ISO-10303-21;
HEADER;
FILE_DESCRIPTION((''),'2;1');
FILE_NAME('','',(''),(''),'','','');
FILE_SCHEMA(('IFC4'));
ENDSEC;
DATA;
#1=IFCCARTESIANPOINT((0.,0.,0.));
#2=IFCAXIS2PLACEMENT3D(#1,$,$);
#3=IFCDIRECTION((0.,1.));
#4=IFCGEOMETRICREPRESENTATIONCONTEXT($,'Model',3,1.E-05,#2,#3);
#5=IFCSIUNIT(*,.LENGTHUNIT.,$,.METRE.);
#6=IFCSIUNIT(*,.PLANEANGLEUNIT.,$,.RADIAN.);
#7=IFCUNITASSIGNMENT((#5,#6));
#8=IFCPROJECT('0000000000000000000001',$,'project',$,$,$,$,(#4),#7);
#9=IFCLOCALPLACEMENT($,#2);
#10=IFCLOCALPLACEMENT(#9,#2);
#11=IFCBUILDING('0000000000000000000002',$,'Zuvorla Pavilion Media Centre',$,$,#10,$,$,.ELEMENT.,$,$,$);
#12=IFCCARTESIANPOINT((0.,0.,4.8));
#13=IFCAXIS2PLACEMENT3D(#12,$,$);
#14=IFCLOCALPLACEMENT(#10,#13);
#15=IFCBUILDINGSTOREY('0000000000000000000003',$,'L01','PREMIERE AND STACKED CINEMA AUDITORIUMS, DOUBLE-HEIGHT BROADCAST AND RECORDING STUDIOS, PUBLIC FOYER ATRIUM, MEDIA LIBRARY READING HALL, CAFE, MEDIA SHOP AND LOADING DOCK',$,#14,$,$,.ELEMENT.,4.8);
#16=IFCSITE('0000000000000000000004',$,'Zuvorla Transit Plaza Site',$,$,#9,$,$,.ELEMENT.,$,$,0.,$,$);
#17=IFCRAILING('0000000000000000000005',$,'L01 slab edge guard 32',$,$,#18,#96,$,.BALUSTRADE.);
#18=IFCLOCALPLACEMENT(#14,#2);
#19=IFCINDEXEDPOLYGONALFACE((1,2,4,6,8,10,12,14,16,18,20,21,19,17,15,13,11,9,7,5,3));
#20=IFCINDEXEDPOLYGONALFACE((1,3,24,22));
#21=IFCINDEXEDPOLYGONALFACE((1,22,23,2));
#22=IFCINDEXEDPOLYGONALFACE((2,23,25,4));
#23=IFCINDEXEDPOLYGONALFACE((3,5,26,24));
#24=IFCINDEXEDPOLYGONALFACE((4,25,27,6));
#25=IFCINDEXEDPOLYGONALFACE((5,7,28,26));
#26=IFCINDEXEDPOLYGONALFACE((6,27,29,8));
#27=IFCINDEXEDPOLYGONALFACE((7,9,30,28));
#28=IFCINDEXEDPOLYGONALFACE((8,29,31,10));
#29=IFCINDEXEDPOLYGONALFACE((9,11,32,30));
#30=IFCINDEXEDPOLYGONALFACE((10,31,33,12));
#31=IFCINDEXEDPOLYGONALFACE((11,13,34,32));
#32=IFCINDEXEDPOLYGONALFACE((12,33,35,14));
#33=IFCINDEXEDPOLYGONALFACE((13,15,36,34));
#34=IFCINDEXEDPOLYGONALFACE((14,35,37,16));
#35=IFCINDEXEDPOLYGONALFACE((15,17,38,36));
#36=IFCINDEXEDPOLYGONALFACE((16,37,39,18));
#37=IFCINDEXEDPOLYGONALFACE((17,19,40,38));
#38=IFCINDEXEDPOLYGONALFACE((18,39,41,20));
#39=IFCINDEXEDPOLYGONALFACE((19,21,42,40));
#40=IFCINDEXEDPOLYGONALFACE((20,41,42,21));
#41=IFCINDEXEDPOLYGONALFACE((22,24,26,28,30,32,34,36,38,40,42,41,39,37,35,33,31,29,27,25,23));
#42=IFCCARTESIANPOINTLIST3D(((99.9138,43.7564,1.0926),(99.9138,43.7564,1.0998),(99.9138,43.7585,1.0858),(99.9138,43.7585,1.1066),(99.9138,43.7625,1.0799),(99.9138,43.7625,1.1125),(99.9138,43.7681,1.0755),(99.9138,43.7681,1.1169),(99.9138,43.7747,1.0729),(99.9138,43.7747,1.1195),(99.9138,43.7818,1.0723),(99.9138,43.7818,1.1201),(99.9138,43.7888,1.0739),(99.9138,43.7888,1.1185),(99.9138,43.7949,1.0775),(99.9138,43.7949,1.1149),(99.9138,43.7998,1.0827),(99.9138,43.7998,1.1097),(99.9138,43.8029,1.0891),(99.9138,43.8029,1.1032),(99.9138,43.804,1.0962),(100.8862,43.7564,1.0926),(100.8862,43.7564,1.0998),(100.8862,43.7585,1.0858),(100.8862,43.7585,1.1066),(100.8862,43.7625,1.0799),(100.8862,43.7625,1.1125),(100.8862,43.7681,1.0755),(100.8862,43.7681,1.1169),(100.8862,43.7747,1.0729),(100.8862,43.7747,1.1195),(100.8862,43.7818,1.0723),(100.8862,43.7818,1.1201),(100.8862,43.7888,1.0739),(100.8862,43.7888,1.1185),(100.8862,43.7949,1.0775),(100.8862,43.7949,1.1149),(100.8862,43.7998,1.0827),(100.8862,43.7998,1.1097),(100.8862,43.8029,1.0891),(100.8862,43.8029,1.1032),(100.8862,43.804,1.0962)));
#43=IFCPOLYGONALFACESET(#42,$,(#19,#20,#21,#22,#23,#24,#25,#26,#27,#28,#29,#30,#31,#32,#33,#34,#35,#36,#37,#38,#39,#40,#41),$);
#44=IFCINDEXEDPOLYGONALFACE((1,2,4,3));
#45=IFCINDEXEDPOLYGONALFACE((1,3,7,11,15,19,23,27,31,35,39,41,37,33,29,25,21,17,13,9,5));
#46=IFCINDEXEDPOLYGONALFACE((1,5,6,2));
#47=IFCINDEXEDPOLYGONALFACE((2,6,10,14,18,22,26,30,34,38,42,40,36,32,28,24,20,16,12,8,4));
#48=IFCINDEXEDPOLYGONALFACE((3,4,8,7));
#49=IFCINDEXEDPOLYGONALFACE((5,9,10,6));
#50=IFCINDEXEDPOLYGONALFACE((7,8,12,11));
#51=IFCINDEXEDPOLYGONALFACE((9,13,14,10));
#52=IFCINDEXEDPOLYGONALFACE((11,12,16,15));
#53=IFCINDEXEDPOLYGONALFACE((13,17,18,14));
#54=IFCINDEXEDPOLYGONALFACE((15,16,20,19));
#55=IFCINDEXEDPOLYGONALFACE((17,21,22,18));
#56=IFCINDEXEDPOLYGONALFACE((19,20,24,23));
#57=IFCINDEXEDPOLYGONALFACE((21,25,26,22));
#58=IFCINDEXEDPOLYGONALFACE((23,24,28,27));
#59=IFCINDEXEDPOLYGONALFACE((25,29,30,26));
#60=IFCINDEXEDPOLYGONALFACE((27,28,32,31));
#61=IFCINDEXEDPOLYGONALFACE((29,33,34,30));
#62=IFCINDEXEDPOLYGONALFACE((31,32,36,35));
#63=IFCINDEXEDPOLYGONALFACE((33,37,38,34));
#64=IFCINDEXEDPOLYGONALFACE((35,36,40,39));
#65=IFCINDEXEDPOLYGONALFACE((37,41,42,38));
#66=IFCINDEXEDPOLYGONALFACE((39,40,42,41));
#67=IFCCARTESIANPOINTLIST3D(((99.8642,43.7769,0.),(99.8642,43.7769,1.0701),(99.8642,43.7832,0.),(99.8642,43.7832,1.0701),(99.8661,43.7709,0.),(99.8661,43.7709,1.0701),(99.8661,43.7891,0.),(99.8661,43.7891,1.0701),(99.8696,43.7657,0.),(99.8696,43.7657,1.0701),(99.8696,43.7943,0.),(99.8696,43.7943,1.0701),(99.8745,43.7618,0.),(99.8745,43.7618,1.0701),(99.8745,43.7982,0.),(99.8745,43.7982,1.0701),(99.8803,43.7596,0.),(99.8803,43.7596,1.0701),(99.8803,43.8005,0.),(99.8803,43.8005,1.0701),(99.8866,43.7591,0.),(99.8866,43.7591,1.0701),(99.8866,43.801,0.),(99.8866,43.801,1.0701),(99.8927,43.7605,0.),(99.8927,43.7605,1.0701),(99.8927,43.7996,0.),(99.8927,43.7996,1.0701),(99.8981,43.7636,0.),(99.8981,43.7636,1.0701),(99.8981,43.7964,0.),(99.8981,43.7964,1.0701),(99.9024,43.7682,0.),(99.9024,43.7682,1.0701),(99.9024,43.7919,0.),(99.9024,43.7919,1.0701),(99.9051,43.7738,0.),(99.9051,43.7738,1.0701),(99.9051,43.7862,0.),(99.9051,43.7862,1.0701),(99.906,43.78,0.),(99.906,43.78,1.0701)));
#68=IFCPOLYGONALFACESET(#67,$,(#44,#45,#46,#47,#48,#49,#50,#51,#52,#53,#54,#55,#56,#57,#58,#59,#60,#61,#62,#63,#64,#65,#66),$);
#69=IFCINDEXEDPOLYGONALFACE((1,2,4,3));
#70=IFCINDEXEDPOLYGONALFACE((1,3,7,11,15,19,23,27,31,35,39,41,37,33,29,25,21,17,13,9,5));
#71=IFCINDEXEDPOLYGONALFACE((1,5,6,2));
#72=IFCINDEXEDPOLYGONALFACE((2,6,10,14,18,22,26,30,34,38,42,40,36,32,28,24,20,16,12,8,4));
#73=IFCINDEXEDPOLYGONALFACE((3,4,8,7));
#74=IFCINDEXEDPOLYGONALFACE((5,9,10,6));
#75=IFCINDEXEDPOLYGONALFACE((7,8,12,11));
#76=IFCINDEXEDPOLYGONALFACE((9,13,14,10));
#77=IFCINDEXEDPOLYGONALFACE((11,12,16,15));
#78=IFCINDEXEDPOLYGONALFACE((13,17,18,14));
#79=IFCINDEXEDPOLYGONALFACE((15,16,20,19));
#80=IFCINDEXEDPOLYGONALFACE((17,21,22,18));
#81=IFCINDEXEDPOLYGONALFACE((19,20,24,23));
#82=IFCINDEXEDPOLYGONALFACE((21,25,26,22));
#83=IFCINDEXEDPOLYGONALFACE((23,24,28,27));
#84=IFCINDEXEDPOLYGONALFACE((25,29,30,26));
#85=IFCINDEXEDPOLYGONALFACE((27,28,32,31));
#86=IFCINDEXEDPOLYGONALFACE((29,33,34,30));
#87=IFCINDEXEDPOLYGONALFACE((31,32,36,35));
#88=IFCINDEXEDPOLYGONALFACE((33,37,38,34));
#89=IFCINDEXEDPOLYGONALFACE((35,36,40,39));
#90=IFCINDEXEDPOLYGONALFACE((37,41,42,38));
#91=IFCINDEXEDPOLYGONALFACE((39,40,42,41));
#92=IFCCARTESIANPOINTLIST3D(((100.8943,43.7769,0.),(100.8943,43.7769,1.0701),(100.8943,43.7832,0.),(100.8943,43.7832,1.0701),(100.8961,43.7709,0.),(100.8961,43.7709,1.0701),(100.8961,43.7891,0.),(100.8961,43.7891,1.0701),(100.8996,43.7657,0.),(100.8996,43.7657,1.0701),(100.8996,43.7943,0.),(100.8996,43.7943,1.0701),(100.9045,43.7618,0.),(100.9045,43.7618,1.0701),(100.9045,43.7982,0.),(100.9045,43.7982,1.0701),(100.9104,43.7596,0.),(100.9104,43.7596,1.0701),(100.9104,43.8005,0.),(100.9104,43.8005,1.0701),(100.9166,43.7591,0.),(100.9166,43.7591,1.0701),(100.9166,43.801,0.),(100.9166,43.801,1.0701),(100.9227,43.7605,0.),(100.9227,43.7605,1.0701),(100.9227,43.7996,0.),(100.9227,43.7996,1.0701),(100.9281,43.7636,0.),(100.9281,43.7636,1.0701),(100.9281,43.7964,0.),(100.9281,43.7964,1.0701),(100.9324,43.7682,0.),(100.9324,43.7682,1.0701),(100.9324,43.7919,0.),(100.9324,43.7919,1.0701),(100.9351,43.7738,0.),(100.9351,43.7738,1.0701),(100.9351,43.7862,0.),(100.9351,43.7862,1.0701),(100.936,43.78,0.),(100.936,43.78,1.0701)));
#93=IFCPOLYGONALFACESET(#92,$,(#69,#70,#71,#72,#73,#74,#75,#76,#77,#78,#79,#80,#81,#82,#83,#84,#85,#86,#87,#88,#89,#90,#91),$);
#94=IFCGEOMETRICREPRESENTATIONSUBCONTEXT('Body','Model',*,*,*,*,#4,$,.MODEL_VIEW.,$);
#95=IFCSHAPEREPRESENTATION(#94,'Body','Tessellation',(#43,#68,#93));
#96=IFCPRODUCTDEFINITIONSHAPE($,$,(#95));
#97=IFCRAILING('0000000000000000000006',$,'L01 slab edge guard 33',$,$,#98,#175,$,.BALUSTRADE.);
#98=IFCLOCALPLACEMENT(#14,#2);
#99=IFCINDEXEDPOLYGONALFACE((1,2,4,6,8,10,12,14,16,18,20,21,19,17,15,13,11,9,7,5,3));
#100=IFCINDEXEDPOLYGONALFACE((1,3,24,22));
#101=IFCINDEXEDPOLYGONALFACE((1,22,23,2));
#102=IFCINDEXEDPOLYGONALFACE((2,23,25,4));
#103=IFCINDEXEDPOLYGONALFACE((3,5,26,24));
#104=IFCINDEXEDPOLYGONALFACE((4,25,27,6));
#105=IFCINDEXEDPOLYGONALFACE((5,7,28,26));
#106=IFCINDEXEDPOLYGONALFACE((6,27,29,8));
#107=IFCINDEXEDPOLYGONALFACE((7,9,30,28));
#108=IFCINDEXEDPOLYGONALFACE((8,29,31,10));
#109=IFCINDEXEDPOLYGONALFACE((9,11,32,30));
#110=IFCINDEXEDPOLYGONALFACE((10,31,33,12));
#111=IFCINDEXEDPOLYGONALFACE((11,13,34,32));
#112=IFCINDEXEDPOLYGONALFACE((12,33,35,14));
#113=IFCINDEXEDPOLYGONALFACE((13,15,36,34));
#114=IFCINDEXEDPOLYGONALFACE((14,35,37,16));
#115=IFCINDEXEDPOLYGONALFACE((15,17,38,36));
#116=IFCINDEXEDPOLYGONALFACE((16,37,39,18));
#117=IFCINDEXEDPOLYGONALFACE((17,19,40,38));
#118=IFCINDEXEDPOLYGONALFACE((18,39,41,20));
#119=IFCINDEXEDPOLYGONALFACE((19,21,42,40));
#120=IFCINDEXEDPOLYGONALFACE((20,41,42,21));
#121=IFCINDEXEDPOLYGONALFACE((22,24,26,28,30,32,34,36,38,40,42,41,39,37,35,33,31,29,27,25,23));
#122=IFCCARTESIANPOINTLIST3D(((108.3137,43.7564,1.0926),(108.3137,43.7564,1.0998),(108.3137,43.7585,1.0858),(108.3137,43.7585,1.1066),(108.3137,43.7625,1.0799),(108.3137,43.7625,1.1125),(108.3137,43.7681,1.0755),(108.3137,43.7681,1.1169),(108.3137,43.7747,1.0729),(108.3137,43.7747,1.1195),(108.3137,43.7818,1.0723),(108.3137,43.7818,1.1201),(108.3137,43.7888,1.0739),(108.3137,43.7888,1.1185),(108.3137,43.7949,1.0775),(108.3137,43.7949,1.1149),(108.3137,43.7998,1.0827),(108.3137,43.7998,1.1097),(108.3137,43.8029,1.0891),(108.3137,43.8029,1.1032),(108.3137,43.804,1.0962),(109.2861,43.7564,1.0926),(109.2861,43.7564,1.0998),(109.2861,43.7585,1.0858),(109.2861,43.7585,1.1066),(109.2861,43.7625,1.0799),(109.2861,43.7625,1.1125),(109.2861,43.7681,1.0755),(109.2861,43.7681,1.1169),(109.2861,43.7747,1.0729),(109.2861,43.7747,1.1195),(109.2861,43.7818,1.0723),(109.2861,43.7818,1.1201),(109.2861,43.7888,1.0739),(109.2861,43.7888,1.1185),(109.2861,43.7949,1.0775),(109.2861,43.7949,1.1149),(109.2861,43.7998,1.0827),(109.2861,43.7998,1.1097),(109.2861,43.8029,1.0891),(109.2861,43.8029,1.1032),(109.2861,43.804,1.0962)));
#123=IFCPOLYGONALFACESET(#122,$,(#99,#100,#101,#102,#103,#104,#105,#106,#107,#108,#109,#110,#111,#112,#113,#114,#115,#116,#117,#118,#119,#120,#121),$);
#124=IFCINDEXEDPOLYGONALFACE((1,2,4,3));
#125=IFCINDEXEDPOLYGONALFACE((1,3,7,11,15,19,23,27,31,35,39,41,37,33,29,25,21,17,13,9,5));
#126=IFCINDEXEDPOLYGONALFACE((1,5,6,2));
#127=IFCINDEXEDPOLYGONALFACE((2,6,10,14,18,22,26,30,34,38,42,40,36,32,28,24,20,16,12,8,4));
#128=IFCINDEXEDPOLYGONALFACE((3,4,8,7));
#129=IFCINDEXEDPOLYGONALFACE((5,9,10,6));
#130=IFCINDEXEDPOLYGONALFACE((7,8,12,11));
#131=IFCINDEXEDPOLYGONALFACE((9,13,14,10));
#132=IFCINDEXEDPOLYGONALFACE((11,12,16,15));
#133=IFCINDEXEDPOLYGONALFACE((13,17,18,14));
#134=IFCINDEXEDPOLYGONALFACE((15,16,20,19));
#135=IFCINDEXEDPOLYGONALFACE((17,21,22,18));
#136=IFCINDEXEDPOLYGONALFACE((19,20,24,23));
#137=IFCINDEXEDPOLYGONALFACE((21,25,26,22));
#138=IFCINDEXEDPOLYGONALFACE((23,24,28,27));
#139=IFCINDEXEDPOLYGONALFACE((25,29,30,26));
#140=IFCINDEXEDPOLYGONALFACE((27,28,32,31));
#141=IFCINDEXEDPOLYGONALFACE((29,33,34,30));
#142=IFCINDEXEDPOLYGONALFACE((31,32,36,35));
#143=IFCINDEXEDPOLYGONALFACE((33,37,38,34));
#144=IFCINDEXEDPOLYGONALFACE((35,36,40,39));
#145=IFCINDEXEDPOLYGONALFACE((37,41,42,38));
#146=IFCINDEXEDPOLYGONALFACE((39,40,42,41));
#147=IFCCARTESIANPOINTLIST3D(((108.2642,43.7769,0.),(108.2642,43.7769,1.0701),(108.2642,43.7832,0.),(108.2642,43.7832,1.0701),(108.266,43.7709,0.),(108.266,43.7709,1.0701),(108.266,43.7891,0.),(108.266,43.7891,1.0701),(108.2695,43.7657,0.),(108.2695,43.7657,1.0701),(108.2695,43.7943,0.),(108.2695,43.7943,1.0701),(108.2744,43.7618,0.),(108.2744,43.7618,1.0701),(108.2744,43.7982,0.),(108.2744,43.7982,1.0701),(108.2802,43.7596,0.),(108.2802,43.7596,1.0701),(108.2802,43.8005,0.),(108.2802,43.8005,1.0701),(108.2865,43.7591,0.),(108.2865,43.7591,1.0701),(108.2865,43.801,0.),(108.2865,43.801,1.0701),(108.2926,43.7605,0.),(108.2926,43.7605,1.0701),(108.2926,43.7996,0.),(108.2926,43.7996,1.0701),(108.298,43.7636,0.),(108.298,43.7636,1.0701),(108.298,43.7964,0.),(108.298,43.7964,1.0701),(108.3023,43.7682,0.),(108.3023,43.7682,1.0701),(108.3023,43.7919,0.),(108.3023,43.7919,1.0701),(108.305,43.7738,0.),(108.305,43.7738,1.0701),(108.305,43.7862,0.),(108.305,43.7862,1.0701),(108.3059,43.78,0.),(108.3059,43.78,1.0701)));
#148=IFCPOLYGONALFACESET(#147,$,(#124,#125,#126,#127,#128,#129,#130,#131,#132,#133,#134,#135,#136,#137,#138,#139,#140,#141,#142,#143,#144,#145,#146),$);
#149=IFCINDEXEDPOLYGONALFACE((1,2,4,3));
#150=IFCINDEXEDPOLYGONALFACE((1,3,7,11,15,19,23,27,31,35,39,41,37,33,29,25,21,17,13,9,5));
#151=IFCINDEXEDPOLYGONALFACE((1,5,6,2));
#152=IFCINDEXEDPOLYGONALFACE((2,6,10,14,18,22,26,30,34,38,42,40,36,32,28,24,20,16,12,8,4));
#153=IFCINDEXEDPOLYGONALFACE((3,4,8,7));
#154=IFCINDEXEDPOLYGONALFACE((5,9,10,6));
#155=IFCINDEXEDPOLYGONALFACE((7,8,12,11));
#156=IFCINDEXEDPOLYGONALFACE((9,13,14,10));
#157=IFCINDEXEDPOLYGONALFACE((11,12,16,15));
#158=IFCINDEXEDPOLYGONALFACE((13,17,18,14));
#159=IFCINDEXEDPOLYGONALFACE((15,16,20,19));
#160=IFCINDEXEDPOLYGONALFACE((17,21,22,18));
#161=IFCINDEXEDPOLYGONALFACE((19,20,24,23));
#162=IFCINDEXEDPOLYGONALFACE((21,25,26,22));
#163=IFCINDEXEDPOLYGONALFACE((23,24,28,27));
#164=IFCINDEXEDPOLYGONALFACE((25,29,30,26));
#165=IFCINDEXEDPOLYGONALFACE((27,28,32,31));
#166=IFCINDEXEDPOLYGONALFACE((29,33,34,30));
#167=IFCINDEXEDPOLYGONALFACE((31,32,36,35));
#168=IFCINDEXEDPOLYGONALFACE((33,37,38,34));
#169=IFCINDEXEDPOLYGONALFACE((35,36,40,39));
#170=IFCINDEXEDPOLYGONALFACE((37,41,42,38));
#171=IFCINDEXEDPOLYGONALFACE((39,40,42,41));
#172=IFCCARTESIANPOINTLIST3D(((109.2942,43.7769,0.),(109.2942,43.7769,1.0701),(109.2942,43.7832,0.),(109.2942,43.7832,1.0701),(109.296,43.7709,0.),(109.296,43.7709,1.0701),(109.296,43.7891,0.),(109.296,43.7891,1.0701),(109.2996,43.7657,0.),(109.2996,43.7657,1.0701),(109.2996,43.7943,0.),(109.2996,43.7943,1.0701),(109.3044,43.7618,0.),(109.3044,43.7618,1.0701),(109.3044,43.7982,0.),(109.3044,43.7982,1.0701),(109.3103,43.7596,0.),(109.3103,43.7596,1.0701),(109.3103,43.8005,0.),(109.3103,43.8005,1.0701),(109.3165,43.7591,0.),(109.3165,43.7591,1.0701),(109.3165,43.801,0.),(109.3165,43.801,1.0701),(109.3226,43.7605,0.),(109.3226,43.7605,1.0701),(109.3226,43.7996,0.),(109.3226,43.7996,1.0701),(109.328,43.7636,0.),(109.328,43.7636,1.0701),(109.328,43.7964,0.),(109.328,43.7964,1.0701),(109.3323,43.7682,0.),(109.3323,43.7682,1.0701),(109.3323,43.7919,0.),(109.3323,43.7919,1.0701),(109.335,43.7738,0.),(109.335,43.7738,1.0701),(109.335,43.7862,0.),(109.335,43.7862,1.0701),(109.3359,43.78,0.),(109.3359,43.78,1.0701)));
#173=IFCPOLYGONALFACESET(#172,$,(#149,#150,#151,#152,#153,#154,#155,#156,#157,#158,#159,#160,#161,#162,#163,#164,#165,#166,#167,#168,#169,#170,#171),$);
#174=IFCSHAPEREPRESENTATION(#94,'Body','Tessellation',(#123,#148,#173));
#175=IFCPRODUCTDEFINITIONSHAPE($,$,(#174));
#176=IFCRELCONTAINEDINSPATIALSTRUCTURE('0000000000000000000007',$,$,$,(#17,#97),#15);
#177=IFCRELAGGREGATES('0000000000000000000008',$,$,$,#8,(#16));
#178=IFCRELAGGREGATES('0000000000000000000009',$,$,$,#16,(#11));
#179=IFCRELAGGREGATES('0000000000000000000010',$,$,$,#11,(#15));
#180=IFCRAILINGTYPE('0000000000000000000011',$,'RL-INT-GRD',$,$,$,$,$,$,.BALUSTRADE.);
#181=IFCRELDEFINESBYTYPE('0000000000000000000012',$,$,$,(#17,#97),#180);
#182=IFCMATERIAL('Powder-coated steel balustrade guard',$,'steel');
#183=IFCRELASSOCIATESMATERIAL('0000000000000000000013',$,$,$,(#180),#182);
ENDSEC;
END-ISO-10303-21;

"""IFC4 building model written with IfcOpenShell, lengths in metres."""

from ifc_helpers import new_model, si_unit, direction, frame, origin, origin_2d, place, context, subcontext, project, spatial, circle, extrude, material, type_object, element, save


model = new_model("IFC4")

# Units and contexts
model_context = context("Model", 3, precision=1e-05, world=origin(), true_north=direction((0.0, 1.0)))
body_context = subcontext(model_context, "Body", "Model", "MODEL_VIEW")
ifc_project = project(units=[si_unit("LENGTHUNIT", "METRE"), si_unit("PLANEANGLEUNIT", "RADIAN")], contexts=[model_context])

# Site, building, storey
site_placement = place(None, origin())
site = spatial("IfcSite", under=ifc_project, at=site_placement, Name="Zuvorla Transit Plaza Site", CompositionType="ELEMENT", RefElevation=0.0)
building_placement = place(site_placement, origin())
building = spatial("IfcBuilding", under=site, at=building_placement, Name="Zuvorla Pavilion Media Centre", CompositionType="ELEMENT")
storey_placement = place(building_placement, frame((0.0, 0.0, 4.8)))
storey = spatial("IfcBuildingStorey", under=building, at=storey_placement, Name="L01", Description="PREMIERE AND STACKED CINEMA AUDITORIUMS, DOUBLE-HEIGHT BROADCAST AND RECORDING STUDIOS, PUBLIC FOYER ATRIUM, MEDIA LIBRARY READING HALL, CAFE, MEDIA SHOP AND LOADING DOCK", CompositionType="ELEMENT", Elevation=4.8)

# Railings
ifc_material_1 = material(Name="Powder-coated steel balustrade guard", Category="steel")
railing_type = type_object("IfcRailingType", Name="RL-INT-GRD", PredefinedType="BALUSTRADE", material=ifc_material_1)
for number, where, name in (
    (1, (99.885, 43.78, 0.0), "L01 slab edge guard 32"),
    (2, (108.2849, 43.78, 0.0), "L01 slab edge guard 33"),
):
    element("IfcRailing", number, at=place(storey_placement, frame(where)), inside=storey, type_object=railing_type, Name=name, PredefinedType="BALUSTRADE", context=body_context, shape_type="SweptSolid", body=[
        extrude(circle(Radius=0.0239, at=origin_2d()), frame((0.0288, 0.0, 1.0962), z_axis=(1.0, 0.0, 0.0), x_axis=(0.0, 1.0, 0.0)), (0.0, 0.0, 1.0), 0.9724),
        extrude(circle(Radius=0.021, at=origin_2d()), origin(), (0.0, 0.0, 1.0), 1.0701),
        extrude(circle(Radius=0.021, at=origin_2d()), frame((1.03, 0.0, 0.0)), (0.0, 0.0, 1.0), 1.0701),
    ])

save(model, "model.ifc")
